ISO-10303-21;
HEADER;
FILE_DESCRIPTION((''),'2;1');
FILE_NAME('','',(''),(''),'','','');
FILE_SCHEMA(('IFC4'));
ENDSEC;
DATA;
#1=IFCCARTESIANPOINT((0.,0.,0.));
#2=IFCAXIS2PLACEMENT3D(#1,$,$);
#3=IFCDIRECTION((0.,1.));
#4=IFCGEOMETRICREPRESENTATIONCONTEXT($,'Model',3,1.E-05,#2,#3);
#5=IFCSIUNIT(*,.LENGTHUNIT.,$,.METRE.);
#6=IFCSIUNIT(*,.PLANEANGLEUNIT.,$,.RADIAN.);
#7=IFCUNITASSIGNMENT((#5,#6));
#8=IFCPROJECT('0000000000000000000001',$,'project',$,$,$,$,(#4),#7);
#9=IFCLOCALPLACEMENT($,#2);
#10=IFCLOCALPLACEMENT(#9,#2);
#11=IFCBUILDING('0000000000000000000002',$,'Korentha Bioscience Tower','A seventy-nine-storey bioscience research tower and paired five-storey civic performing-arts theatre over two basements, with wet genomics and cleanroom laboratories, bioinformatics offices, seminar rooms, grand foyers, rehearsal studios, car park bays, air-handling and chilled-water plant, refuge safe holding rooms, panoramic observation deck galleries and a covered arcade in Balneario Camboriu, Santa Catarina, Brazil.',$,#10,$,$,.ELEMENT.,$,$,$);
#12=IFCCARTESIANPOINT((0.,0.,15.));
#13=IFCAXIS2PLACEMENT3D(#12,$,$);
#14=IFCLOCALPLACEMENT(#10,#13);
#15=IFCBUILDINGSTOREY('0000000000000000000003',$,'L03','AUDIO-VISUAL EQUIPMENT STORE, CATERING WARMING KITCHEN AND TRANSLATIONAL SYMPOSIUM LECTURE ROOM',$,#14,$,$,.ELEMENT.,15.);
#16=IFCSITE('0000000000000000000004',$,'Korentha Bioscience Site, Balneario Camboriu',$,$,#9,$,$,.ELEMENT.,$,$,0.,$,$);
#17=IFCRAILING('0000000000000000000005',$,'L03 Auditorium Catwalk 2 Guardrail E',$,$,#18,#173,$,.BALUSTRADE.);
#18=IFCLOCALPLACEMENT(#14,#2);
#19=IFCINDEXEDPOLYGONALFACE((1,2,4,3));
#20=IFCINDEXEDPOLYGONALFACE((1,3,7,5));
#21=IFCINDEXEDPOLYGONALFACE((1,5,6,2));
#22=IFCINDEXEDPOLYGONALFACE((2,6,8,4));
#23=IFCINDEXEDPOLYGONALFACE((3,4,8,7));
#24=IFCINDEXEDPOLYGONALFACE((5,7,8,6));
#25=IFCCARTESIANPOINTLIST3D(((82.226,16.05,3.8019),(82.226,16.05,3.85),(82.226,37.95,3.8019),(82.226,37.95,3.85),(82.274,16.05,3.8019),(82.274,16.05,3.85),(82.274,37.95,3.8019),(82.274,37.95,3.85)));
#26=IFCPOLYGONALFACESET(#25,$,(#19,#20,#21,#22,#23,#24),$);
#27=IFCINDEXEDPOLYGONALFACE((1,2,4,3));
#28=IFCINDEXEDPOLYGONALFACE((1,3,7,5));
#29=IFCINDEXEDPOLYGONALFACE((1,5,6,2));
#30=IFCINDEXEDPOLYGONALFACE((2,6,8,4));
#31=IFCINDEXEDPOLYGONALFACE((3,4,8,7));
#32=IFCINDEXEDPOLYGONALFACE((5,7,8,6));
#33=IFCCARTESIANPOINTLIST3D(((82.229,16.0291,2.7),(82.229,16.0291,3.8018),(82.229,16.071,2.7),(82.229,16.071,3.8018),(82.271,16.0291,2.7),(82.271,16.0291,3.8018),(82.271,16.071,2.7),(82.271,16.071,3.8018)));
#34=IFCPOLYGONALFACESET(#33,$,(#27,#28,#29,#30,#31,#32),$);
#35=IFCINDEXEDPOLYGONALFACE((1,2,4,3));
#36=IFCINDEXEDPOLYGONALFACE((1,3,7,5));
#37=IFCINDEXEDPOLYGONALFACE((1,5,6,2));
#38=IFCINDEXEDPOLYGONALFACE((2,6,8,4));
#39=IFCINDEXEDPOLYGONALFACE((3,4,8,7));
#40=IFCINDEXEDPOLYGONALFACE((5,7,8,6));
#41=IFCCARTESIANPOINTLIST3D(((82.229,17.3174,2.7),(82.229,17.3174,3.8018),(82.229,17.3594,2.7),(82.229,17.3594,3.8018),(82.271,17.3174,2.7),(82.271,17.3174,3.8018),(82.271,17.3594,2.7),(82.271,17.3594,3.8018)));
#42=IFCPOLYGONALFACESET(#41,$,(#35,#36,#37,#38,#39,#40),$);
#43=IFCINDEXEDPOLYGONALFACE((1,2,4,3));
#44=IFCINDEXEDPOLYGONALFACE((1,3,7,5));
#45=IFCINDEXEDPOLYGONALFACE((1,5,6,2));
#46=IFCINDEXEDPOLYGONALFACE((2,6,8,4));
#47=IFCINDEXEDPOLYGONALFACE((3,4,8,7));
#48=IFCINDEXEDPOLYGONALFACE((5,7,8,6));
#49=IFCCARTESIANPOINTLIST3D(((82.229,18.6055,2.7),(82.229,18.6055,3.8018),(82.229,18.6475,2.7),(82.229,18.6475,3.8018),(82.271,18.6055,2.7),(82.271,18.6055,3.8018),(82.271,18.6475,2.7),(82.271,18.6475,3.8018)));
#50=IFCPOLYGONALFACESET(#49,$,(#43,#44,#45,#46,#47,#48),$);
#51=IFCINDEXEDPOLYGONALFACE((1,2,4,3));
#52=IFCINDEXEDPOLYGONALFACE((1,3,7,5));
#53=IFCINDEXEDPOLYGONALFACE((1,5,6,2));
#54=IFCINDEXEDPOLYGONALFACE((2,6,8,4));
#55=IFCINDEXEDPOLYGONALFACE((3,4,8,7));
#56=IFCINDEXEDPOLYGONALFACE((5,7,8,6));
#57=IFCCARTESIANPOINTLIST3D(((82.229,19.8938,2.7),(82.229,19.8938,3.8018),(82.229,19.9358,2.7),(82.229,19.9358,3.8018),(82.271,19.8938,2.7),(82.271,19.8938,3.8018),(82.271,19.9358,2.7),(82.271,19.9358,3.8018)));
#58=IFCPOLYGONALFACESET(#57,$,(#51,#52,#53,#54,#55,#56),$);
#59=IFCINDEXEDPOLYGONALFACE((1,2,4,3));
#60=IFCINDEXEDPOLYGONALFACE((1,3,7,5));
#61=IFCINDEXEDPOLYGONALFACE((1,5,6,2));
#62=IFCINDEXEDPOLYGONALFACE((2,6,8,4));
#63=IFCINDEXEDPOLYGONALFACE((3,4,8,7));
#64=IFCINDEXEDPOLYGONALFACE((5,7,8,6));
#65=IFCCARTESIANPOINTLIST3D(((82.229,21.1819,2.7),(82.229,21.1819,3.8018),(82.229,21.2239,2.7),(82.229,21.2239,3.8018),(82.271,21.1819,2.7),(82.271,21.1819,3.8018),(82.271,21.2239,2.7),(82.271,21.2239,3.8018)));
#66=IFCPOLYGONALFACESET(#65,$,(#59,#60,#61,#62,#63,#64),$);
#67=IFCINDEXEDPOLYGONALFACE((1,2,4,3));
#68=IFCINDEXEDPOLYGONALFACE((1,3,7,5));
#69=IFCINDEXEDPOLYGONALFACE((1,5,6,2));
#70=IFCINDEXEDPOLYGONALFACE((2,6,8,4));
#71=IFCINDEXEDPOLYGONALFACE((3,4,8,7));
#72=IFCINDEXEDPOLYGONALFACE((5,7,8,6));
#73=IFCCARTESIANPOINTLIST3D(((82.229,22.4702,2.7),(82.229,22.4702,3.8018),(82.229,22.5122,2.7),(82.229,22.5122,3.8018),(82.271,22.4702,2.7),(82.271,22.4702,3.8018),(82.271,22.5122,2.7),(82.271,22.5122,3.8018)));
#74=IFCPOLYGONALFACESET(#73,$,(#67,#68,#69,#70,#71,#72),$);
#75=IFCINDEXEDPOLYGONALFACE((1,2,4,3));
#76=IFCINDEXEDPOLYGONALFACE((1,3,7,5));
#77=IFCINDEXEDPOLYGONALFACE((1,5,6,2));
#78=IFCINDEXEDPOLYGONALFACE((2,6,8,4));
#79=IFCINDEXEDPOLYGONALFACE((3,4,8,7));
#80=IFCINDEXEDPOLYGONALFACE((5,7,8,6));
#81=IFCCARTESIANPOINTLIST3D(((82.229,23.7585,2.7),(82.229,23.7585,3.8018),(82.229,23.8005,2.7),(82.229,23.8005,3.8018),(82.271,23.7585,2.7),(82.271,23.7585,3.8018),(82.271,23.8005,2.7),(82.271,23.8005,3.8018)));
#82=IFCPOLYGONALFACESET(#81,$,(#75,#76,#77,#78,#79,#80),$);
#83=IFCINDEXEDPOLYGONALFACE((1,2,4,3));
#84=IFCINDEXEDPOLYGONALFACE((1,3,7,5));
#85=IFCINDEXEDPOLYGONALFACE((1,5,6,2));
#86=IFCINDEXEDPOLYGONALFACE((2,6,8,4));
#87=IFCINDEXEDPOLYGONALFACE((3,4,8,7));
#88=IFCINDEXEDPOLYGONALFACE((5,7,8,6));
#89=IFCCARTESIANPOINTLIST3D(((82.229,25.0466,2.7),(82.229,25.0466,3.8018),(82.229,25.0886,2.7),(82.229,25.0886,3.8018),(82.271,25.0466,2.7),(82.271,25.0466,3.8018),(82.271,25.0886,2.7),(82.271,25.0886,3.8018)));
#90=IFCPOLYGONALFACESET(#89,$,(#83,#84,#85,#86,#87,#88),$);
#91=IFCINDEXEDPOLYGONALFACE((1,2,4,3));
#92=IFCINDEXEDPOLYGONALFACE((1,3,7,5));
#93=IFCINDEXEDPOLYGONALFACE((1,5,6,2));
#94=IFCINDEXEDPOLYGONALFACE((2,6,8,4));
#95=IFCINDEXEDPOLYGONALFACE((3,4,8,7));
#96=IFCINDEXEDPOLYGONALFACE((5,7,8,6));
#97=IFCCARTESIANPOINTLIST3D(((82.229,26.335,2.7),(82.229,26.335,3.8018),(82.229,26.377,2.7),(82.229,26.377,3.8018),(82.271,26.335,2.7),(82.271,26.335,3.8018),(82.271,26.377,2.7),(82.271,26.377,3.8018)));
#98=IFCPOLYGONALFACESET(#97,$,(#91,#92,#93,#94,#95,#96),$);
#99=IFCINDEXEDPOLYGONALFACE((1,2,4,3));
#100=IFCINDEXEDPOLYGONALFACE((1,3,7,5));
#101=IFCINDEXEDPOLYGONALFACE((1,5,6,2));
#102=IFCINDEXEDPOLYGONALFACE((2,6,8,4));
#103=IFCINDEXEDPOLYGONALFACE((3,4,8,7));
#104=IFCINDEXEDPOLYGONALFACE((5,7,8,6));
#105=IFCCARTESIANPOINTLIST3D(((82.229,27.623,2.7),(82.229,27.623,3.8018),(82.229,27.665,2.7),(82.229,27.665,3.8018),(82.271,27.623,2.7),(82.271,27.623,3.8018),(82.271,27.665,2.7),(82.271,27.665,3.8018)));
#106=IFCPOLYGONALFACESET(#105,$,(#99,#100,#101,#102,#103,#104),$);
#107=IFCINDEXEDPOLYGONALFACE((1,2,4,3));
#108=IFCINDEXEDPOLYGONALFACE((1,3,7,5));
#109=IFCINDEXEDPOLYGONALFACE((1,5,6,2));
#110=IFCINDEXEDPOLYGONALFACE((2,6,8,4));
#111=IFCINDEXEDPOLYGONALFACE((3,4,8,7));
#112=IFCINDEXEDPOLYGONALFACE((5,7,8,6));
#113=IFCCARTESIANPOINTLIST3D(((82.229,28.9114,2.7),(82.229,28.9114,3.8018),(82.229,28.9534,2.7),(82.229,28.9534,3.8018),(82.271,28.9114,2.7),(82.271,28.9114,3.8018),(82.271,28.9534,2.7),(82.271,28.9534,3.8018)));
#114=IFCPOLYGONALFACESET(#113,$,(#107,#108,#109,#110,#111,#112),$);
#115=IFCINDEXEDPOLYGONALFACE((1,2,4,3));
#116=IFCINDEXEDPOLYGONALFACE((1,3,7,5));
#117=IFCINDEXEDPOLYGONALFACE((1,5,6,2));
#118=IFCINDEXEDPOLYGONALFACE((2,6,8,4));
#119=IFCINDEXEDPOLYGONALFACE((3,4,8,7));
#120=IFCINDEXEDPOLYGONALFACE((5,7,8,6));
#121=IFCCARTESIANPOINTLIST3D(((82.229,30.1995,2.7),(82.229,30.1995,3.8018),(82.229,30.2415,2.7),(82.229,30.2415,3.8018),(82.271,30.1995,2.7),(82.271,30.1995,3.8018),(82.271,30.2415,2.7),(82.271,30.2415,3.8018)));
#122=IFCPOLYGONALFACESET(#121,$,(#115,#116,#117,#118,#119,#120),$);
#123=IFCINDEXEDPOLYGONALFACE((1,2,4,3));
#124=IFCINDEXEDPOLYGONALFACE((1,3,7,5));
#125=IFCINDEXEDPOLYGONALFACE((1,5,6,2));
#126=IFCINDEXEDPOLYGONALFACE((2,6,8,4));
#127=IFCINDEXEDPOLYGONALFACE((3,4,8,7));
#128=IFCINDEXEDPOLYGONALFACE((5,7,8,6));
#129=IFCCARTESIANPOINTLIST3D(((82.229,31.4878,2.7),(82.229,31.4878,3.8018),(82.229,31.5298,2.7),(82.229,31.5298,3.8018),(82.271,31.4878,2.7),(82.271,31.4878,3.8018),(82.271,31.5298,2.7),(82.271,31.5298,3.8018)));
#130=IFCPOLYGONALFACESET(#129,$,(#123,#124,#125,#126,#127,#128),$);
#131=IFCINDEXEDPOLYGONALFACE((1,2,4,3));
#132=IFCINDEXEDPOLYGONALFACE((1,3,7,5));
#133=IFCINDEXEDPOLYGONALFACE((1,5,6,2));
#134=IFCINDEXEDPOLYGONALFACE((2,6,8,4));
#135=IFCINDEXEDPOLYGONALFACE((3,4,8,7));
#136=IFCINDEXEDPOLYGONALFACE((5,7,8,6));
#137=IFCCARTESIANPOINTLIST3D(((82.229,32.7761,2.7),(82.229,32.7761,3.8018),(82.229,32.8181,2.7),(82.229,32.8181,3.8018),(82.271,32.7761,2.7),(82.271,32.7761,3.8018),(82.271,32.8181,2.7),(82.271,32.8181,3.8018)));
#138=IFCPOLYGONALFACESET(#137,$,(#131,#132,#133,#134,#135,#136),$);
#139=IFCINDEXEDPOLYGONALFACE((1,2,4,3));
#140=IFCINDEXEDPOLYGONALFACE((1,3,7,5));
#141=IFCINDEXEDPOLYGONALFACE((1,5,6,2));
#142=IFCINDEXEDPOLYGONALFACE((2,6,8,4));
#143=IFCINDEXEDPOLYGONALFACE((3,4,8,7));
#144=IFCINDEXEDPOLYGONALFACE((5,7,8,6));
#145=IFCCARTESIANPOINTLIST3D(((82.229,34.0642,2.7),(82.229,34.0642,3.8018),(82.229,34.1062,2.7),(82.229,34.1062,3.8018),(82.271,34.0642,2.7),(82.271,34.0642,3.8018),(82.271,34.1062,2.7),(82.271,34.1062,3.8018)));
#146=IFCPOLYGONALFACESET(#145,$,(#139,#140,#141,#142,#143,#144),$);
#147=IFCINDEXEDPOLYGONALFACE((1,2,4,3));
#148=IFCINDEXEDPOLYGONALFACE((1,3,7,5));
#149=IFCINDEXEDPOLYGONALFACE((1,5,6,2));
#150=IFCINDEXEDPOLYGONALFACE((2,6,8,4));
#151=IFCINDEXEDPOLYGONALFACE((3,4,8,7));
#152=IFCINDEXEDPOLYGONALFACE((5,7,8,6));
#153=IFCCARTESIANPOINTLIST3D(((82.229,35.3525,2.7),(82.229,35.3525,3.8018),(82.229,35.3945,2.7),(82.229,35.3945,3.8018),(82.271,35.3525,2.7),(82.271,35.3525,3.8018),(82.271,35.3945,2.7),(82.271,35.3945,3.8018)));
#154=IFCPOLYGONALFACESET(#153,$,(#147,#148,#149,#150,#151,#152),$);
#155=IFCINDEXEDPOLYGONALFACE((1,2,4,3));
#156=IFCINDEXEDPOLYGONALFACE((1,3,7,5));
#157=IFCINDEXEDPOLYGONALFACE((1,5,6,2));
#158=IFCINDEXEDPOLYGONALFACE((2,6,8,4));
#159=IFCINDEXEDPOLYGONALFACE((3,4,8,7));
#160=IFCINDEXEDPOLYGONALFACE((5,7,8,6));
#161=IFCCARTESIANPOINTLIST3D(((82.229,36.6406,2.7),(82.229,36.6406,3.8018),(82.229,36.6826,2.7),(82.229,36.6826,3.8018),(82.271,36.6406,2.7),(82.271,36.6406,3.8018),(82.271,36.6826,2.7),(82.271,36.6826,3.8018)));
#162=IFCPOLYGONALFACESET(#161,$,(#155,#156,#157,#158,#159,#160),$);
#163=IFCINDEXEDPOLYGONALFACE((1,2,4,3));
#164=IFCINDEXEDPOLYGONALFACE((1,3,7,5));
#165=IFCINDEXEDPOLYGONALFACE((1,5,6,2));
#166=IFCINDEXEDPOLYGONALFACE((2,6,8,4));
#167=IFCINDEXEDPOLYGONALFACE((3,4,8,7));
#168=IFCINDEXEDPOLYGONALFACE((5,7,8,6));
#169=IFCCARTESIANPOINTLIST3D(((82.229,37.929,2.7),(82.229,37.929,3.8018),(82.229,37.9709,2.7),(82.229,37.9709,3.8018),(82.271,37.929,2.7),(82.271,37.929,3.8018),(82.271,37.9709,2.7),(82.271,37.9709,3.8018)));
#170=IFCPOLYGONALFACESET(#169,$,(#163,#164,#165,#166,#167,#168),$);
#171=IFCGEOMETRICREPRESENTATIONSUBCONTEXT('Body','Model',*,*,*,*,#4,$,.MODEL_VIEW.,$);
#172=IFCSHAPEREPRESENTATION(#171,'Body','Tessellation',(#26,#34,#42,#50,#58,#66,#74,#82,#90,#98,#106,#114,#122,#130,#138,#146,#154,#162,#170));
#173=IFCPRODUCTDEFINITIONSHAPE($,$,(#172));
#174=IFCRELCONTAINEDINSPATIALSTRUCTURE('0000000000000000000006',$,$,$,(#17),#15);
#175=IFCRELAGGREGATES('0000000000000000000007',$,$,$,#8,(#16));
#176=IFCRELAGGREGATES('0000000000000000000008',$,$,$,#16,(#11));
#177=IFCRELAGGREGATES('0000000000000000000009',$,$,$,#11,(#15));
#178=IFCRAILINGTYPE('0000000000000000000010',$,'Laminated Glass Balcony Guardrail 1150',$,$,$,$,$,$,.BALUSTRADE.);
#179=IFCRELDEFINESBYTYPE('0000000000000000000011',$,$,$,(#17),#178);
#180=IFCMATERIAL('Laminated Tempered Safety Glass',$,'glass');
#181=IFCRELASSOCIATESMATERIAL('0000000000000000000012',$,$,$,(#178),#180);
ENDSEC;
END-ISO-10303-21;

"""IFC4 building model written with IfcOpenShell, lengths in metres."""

from ifc_helpers import new_model, si_unit, direction, frame, origin, origin_2d, place, context, subcontext, project, spatial, rectangle, extrude, material, type_object, element, save


model = new_model("IFC4")

# Units and contexts
model_context = context("Model", 3, precision=1e-05, world=origin(), true_north=direction((0.0, 1.0)))
body_context = subcontext(model_context, "Body", "Model", "MODEL_VIEW")
ifc_project = project(units=[si_unit("LENGTHUNIT", "METRE"), si_unit("PLANEANGLEUNIT", "RADIAN")], contexts=[model_context])

# Site, building, storey
site_placement = place(None, origin())
site = spatial("IfcSite", under=ifc_project, at=site_placement, Name="Korentha Bioscience Site, Balneario Camboriu", CompositionType="ELEMENT", RefElevation=0.0)
building_placement = place(site_placement, origin())
building = spatial("IfcBuilding", under=site, at=building_placement, Name="Korentha Bioscience Tower", Description="A seventy-nine-storey bioscience research tower and paired five-storey civic performing-arts theatre over two basements, with wet genomics and cleanroom laboratories, bioinformatics offices, seminar rooms, grand foyers, rehearsal studios, car park bays, air-handling and chilled-water plant, refuge safe holding rooms, panoramic observation deck galleries and a covered arcade in Balneario Camboriu, Santa Catarina, Brazil.", CompositionType="ELEMENT")
storey_placement = place(building_placement, frame((0.0, 0.0, 15.0)))
storey = spatial("IfcBuildingStorey", under=building, at=storey_placement, Name="L03", Description="AUDIO-VISUAL EQUIPMENT STORE, CATERING WARMING KITCHEN AND TRANSLATIONAL SYMPOSIUM LECTURE ROOM", CompositionType="ELEMENT", Elevation=15.0)

# Railing
ifc_material_1 = material(Name="Laminated Tempered Safety Glass", Category="glass")
railing_type = type_object("IfcRailingType", Name="Laminated Glass Balcony Guardrail 1150", PredefinedType="BALUSTRADE", material=ifc_material_1)
railing_1_placement = place(storey_placement, frame((82.25, 16.05, 2.7)))
element("IfcRailing", 1, at=railing_1_placement, inside=storey, type_object=railing_type, Name="L03 Auditorium Catwalk 2 Guardrail E", PredefinedType="BALUSTRADE", context=body_context, shape_type="SweptSolid", body=[
    extrude(rectangle(XDim=0.0481, YDim=0.0481, at=origin_2d()), frame((0.0, 0.0, 1.126), z_axis=(0.0, 1.0, 0.0), x_axis=(-1.0, 0.0, 0.0)), (0.0, 0.0, 1.0), 21.8999),
    extrude(rectangle(XDim=0.042, YDim=0.042, at=origin_2d()), origin(), (0.0, 0.0, 1.0), 1.1018),
    extrude(rectangle(XDim=0.042, YDim=0.042, at=origin_2d()), frame((0.0, 1.2883, 0.0)), (0.0, 0.0, 1.0), 1.1018),
    extrude(rectangle(XDim=0.042, YDim=0.042, at=origin_2d()), frame((0.0, 2.5764, 0.0)), (0.0, 0.0, 1.0), 1.1018),
    extrude(rectangle(XDim=0.042, YDim=0.042, at=origin_2d()), frame((0.0, 3.8647, 0.0)), (0.0, 0.0, 1.0), 1.1018),
    extrude(rectangle(XDim=0.042, YDim=0.042, at=origin_2d()), frame((0.0, 5.1528, 0.0)), (0.0, 0.0, 1.0), 1.1018),
    extrude(rectangle(XDim=0.042, YDim=0.042, at=origin_2d()), frame((0.0, 6.4412, 0.0)), (0.0, 0.0, 1.0), 1.1018),
    extrude(rectangle(XDim=0.042, YDim=0.042, at=origin_2d()), frame((0.0, 7.7295, 0.0)), (0.0, 0.0, 1.0), 1.1018),
    extrude(rectangle(XDim=0.042, YDim=0.042, at=origin_2d()), frame((0.0, 9.0176, 0.0)), (0.0, 0.0, 1.0), 1.1018),
    extrude(rectangle(XDim=0.042, YDim=0.042, at=origin_2d()), frame((0.0, 10.3059, 0.0)), (0.0, 0.0, 1.0), 1.1018),
    extrude(rectangle(XDim=0.042, YDim=0.042, at=origin_2d()), frame((0.0, 11.594, 0.0)), (0.0, 0.0, 1.0), 1.1018),
    extrude(rectangle(XDim=0.042, YDim=0.042, at=origin_2d()), frame((0.0, 12.8823, 0.0)), (0.0, 0.0, 1.0), 1.1018),
    extrude(rectangle(XDim=0.042, YDim=0.042, at=origin_2d()), frame((0.0, 14.1704, 0.0)), (0.0, 0.0, 1.0), 1.1018),
    extrude(rectangle(XDim=0.042, YDim=0.042, at=origin_2d()), frame((0.0, 15.4587, 0.0)), (0.0, 0.0, 1.0), 1.1018),
    extrude(rectangle(XDim=0.042, YDim=0.042, at=origin_2d()), frame((0.0, 16.7471, 0.0)), (0.0, 0.0, 1.0), 1.1018),
    extrude(rectangle(XDim=0.042, YDim=0.042, at=origin_2d()), frame((0.0, 18.0352, 0.0)), (0.0, 0.0, 1.0), 1.1018),
    extrude(rectangle(XDim=0.042, YDim=0.042, at=origin_2d()), frame((0.0, 19.3235, 0.0)), (0.0, 0.0, 1.0), 1.1018),
    extrude(rectangle(XDim=0.042, YDim=0.042, at=origin_2d()), frame((0.0, 20.6116, 0.0)), (0.0, 0.0, 1.0), 1.1018),
    extrude(rectangle(XDim=0.042, YDim=0.042, at=origin_2d()), frame((0.0, 21.8999, 0.0)), (0.0, 0.0, 1.0), 1.1018),
])

save(model, "model.ifc")
